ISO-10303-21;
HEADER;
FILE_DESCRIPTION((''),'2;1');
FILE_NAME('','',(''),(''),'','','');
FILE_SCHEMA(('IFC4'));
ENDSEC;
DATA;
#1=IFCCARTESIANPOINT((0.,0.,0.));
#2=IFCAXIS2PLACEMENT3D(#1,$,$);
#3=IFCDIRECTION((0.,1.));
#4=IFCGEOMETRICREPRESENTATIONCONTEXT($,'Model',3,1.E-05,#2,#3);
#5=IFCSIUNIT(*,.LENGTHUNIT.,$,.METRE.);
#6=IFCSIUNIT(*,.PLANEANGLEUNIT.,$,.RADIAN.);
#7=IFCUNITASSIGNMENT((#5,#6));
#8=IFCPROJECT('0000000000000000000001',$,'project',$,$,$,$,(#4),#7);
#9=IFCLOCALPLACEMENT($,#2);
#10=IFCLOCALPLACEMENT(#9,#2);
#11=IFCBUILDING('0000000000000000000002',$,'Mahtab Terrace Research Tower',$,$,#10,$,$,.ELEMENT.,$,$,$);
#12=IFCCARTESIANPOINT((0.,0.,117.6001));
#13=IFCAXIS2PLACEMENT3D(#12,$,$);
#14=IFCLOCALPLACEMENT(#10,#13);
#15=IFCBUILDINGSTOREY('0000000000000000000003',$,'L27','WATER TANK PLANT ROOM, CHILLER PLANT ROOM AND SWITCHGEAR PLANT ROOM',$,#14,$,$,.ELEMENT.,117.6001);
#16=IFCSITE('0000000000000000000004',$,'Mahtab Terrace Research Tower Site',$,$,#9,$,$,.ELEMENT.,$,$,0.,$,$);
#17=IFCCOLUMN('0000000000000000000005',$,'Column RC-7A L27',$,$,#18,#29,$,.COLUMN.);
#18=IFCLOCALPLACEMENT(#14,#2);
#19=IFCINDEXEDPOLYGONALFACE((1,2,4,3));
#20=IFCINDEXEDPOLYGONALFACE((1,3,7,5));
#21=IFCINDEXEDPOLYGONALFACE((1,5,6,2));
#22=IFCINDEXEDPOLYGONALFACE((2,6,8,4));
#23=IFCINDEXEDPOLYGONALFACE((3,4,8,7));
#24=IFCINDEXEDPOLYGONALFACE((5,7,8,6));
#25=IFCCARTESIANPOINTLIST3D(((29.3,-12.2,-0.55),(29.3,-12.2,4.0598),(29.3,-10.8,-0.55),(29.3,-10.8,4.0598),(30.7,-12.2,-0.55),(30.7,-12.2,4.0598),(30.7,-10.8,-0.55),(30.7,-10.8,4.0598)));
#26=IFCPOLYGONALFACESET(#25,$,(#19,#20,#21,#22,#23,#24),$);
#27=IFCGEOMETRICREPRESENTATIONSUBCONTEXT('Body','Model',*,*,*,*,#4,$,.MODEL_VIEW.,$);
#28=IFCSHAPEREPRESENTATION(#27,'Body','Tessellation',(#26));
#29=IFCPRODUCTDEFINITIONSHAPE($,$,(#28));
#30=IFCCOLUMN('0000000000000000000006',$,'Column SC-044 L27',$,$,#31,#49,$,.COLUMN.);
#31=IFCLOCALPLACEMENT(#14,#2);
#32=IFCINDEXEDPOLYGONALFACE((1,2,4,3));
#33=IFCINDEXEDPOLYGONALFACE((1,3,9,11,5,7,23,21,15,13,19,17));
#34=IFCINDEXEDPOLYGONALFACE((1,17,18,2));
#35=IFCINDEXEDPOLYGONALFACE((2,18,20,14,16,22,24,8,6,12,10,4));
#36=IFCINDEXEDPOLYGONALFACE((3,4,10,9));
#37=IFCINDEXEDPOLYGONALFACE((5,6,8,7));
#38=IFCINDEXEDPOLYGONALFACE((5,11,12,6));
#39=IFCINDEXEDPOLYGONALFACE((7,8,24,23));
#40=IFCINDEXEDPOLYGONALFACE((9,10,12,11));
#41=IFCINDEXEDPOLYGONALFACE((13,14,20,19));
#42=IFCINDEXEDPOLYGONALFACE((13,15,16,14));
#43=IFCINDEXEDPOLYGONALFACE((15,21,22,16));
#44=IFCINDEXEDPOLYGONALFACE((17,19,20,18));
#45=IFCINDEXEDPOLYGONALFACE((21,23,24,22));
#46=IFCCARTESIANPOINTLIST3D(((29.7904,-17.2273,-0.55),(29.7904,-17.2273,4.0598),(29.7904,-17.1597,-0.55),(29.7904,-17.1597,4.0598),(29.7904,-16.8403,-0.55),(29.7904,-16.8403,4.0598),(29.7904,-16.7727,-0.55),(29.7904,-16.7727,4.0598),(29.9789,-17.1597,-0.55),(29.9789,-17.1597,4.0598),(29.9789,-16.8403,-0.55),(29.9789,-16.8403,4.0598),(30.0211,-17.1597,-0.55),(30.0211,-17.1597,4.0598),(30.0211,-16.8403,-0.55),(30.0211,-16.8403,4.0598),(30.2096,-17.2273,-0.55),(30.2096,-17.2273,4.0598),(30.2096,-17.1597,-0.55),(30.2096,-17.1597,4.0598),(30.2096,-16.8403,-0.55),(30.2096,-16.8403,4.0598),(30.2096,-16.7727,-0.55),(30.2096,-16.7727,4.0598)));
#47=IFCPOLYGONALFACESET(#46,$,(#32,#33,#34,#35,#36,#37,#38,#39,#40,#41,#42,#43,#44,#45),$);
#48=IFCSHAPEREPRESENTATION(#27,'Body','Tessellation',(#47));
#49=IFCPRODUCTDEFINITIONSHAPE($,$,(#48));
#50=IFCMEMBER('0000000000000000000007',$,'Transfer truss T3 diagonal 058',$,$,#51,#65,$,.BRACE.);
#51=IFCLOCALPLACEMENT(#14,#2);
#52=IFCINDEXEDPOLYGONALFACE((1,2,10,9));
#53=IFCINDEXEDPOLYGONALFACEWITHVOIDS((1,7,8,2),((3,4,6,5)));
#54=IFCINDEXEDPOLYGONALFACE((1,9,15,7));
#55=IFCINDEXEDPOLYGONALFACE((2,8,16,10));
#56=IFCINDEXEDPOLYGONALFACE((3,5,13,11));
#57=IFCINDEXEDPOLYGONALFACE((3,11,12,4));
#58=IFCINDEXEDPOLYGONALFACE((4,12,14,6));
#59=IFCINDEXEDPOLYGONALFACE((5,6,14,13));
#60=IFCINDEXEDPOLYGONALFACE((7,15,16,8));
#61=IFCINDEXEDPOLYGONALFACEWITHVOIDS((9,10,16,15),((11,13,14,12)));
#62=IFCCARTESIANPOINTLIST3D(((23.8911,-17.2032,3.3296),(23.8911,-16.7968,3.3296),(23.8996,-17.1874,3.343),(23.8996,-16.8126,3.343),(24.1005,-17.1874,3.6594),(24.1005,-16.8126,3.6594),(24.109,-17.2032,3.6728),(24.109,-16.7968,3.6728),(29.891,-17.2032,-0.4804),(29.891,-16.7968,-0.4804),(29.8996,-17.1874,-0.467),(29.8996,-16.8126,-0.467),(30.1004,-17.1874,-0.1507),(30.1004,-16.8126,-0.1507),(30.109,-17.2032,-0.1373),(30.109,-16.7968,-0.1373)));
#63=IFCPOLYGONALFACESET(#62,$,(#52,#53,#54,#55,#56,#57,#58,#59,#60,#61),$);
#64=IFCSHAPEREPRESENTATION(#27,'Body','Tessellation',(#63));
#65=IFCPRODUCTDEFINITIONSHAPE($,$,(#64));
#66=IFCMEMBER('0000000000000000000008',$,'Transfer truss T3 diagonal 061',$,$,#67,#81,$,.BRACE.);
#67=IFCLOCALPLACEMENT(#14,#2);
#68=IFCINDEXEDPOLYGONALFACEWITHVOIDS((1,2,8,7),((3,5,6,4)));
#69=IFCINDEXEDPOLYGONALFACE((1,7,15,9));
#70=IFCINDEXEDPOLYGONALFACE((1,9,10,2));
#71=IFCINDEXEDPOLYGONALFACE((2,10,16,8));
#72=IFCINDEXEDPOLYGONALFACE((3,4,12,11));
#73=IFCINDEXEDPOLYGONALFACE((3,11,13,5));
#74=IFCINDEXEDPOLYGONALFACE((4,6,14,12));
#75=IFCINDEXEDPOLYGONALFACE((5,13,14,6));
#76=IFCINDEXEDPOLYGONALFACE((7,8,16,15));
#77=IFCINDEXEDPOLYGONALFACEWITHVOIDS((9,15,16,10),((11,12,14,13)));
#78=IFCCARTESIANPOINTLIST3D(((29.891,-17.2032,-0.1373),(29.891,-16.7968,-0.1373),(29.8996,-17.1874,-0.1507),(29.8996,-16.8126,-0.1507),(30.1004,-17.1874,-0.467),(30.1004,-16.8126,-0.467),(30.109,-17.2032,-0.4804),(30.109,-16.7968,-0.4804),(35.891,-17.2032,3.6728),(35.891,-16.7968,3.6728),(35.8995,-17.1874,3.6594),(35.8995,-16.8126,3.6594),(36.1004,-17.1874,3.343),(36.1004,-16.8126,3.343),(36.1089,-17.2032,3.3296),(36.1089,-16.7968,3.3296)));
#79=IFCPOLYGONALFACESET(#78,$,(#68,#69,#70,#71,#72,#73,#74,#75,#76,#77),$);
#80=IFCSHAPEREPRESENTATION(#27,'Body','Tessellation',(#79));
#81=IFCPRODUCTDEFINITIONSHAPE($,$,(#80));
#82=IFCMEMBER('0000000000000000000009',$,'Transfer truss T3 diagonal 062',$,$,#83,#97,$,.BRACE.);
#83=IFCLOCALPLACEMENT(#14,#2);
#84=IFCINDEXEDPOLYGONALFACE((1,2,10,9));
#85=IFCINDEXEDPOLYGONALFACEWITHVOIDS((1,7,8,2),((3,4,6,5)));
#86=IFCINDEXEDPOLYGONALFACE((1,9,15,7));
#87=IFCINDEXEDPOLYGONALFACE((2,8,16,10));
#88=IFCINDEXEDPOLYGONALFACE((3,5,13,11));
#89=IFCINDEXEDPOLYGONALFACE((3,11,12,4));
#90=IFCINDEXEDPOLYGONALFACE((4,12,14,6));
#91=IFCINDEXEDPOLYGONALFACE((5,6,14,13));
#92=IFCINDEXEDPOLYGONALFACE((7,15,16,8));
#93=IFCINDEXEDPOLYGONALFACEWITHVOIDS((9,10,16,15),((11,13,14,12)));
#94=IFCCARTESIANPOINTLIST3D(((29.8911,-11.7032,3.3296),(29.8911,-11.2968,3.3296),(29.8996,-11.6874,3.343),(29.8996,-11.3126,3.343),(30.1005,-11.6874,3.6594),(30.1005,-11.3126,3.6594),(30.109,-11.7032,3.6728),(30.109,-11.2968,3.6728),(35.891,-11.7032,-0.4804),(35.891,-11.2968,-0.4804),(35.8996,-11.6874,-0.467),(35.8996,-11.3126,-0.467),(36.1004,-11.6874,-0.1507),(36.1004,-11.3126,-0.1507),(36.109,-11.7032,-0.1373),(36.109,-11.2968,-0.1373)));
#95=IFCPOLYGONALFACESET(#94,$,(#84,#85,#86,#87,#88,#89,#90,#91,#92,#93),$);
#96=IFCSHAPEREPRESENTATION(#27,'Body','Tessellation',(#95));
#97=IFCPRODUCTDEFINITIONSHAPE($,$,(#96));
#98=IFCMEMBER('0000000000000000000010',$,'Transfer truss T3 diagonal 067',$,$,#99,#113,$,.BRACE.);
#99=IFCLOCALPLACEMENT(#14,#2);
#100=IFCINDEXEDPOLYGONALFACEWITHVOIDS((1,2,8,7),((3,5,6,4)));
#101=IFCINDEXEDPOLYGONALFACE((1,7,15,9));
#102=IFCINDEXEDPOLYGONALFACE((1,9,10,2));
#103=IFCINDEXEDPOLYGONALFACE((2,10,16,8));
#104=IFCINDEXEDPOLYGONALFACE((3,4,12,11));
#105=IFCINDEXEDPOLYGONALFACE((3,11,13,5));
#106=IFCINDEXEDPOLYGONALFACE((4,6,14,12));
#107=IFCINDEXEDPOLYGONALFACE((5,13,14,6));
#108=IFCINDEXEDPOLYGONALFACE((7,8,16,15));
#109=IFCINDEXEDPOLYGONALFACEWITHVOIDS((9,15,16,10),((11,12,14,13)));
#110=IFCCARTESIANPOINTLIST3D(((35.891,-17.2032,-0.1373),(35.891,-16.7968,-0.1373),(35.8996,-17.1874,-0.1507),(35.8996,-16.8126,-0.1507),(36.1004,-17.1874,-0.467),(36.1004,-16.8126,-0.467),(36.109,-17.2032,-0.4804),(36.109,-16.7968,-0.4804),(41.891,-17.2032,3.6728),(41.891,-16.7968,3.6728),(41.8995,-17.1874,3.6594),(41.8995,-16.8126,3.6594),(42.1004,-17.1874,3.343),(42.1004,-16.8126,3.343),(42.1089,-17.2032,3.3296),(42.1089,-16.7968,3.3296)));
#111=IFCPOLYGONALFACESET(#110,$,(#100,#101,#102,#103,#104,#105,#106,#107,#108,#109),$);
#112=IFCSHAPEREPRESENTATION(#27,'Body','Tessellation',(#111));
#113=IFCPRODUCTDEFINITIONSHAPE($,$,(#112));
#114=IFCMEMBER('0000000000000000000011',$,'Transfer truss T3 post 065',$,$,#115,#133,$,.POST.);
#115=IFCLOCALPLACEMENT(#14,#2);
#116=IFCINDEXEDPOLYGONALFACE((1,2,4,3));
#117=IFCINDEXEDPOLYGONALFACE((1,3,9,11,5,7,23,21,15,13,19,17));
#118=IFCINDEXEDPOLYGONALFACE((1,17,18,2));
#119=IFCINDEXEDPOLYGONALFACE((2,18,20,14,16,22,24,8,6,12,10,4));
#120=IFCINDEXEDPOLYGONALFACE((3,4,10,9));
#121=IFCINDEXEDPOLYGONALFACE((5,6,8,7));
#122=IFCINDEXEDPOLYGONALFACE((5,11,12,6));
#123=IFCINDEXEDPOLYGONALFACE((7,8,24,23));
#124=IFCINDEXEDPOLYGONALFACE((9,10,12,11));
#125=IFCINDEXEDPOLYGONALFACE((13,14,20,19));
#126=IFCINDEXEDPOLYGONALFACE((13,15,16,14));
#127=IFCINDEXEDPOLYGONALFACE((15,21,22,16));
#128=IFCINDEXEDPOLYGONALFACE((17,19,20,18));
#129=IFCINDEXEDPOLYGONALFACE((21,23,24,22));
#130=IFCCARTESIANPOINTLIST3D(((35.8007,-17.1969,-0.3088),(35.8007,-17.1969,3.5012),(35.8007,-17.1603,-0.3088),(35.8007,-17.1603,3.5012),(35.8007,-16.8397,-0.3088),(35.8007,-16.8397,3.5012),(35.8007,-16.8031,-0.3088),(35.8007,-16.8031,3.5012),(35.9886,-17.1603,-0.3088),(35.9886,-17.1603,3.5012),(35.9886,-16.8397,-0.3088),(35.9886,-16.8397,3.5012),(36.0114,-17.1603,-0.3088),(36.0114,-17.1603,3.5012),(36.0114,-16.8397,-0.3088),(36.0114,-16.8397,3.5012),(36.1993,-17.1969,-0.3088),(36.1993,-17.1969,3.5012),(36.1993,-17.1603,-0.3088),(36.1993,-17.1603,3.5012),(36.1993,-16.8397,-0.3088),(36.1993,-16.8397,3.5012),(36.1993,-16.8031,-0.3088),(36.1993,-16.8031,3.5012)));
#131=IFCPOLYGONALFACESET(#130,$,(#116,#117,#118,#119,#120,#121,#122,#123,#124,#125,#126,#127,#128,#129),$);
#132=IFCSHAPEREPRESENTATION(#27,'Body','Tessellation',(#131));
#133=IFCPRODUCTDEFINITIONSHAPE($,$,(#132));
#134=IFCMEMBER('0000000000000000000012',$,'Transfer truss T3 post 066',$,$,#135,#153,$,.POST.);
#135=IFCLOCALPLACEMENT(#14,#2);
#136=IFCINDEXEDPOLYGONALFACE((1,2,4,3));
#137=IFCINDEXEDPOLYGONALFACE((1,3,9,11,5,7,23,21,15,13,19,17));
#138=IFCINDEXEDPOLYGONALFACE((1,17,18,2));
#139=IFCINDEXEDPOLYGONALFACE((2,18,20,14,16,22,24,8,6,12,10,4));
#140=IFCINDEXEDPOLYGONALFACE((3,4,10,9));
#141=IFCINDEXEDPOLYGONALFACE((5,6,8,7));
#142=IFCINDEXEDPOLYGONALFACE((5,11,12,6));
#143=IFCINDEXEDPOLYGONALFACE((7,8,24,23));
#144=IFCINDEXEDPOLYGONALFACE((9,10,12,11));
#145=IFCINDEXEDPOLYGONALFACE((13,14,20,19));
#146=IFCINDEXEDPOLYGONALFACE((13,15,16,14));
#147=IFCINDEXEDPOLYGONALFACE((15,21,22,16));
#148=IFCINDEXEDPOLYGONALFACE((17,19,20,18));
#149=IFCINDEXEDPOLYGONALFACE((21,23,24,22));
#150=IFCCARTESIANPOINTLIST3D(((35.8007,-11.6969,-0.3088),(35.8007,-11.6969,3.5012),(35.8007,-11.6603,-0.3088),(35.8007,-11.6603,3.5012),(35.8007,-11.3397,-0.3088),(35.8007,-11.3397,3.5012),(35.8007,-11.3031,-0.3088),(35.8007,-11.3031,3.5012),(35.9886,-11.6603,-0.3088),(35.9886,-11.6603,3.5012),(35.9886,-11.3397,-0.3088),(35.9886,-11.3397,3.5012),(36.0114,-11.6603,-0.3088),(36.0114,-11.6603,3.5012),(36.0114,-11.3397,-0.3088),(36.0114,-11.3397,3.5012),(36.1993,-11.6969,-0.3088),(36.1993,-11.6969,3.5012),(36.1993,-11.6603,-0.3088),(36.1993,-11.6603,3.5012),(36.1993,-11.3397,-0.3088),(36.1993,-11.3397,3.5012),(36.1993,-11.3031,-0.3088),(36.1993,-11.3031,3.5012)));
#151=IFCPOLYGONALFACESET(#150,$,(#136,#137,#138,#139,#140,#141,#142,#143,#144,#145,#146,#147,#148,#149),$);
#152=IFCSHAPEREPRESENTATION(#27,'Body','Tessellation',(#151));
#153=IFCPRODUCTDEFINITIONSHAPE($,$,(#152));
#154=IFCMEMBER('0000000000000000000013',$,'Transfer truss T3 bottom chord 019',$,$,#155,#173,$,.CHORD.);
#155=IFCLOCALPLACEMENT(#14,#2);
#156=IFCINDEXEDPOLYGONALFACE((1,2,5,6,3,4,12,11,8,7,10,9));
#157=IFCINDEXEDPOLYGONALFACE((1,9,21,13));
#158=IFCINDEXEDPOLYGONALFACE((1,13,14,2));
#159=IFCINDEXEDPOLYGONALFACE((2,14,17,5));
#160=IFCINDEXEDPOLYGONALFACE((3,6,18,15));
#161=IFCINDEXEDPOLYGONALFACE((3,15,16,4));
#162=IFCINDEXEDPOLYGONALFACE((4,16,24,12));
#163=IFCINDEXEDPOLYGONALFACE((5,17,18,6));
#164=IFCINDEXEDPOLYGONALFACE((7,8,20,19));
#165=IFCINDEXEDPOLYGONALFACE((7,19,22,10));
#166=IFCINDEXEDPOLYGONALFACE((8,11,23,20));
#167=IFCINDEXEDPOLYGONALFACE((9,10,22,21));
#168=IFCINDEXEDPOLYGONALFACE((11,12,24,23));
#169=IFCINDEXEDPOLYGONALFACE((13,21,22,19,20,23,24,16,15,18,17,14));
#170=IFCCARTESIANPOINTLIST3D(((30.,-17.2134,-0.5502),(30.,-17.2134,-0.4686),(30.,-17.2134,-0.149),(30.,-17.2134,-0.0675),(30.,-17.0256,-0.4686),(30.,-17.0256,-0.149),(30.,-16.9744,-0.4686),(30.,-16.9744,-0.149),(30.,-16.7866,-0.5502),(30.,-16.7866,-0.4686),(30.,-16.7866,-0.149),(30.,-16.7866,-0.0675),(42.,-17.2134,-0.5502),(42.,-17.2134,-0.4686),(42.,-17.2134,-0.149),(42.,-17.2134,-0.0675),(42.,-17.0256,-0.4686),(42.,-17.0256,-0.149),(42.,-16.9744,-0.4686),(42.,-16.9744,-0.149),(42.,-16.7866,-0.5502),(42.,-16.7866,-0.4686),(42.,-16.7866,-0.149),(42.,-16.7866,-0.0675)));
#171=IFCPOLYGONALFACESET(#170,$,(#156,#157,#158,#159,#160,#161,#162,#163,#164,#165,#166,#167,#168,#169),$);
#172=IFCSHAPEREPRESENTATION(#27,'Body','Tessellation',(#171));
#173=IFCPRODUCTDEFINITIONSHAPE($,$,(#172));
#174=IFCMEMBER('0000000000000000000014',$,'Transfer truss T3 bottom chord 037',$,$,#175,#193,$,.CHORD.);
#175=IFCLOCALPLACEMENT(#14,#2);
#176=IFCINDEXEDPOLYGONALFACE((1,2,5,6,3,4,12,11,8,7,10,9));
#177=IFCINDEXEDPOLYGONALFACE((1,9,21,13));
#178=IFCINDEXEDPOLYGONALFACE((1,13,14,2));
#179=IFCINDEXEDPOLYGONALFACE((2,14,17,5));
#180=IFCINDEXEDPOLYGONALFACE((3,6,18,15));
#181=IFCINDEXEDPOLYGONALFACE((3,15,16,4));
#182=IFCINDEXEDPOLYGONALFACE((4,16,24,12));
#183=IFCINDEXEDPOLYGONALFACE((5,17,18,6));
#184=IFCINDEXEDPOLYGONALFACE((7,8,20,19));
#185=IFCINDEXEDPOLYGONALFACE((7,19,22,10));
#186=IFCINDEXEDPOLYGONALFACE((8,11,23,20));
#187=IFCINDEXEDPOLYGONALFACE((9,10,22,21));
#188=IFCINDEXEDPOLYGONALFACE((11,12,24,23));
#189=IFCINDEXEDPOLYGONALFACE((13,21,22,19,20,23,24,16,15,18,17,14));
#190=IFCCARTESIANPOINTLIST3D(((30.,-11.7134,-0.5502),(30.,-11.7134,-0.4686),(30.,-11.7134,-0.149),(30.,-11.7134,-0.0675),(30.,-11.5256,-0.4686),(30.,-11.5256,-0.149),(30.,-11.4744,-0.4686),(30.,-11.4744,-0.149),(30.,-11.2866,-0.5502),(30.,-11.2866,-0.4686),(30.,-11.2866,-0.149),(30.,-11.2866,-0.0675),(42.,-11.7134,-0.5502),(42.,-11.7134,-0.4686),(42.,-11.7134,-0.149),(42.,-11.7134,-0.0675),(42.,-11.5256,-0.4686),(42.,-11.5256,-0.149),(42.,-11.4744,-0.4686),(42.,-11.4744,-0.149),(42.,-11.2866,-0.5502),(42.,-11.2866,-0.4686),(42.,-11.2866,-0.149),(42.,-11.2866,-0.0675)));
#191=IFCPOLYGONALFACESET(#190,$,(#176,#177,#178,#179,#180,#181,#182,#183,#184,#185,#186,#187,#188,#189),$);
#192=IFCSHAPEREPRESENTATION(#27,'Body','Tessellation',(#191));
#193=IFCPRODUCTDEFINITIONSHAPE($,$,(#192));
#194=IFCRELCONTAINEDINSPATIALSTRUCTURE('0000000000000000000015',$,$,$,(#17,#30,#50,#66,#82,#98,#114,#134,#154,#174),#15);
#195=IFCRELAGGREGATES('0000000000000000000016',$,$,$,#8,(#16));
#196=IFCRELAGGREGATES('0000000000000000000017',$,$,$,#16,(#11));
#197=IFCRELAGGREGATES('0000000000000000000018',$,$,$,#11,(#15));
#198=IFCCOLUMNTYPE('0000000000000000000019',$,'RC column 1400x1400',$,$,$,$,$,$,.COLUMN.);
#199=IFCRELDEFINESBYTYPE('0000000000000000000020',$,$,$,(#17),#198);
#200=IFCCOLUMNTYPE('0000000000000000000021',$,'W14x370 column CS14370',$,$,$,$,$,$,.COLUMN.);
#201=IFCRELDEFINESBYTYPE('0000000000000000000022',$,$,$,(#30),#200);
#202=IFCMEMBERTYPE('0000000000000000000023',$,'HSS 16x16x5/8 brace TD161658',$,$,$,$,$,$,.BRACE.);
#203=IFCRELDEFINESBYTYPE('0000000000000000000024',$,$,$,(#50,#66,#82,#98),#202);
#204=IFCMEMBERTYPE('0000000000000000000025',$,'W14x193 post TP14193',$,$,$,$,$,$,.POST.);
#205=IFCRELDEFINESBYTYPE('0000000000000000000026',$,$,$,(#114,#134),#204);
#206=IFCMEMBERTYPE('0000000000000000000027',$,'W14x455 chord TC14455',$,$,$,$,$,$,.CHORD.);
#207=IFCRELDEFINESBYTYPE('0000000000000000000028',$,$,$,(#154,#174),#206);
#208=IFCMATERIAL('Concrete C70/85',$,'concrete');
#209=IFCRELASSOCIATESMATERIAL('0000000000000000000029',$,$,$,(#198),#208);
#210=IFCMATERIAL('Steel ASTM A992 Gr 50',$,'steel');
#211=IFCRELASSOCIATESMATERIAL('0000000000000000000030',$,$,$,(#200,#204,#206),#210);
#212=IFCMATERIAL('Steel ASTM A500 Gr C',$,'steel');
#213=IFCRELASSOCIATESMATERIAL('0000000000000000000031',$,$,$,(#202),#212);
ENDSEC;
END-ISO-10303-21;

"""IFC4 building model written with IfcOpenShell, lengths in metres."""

from ifc_helpers import new_model, si_unit, direction, frame, origin, origin_2d, place, context, subcontext, project, spatial, rectangle, hollow_rectangle, i_section, extrude, material, material_profile, profile_set, type_object, element, save


model = new_model("IFC4")

# Units and contexts
model_context = context("Model", 3, precision=1e-05, world=origin(), true_north=direction((0.0, 1.0)))
body_context = subcontext(model_context, "Body", "Model", "MODEL_VIEW")
ifc_project = project(units=[si_unit("LENGTHUNIT", "METRE"), si_unit("PLANEANGLEUNIT", "RADIAN")], contexts=[model_context])

# Site, building, storey
site_placement = place(None, origin())
site = spatial("IfcSite", under=ifc_project, at=site_placement, Name="Mahtab Terrace Research Tower Site", CompositionType="ELEMENT", RefElevation=0.0)
building_placement = place(site_placement, origin())
building = spatial("IfcBuilding", under=site, at=building_placement, Name="Mahtab Terrace Research Tower", CompositionType="ELEMENT")
storey_placement = place(building_placement, frame((0.0, 0.0, 117.6001)))
storey = spatial("IfcBuildingStorey", under=building, at=storey_placement, Name="L27", Description="WATER TANK PLANT ROOM, CHILLER PLANT ROOM AND SWITCHGEAR PLANT ROOM", CompositionType="ELEMENT", Elevation=117.6001)

# Columns
ifc_material_1 = material(Name="Concrete C70/85", Category="concrete")
ifc_material_profile_1 = material_profile(ifc_material_1, rectangle(XDim=1.3999, YDim=1.3999, at=origin_2d()), Name="RC column 1400x1400")
ifc_profile_set_1 = profile_set([ifc_material_profile_1], Name="Concrete C70/85")
column_type_1 = type_object("IfcColumnType", Name="RC column 1400x1400", PredefinedType="COLUMN", material=ifc_profile_set_1)
column_1_placement = place(storey_placement, frame((30.0, -11.5, -0.55), z_axis=(0.0, 0.0, 1.0), x_axis=(1.0, 0.0, 0.0)))
element("IfcColumn", 1, at=column_1_placement, inside=storey, type_object=column_type_1, Name="Column RC-7A L27", PredefinedType="COLUMN", context=body_context, shape_type="SweptSolid", body=[
    extrude(rectangle(XDim=1.3999, YDim=1.3999, at=origin_2d()), origin(), (0.0, 0.0, 1.0), 4.6099),
])
ifc_material_2 = material(Name="Steel ASTM A992 Gr 50", Category="steel")
ifc_material_profile_2 = material_profile(ifc_material_2, i_section(OverallWidth=0.4192, OverallDepth=0.4546, WebThickness=0.0422, FlangeThickness=0.0676, at=origin_2d()), Name="W14X370")
ifc_profile_set_2 = profile_set([ifc_material_profile_2], Name="Steel ASTM A992 Gr 50")
column_type_2 = type_object("IfcColumnType", Name="W14x370 column CS14370", PredefinedType="COLUMN", material=ifc_profile_set_2)
column_2_placement = place(storey_placement, frame((30.0, -17.0, -0.55), z_axis=(0.0, 0.0, 1.0), x_axis=(1.0, 0.0, 0.0)))
element("IfcColumn", 2, at=column_2_placement, inside=storey, type_object=column_type_2, Name="Column SC-044 L27", PredefinedType="COLUMN", context=body_context, shape_type="SweptSolid", body=[
    extrude(i_section(OverallWidth=0.4192, OverallDepth=0.4546, WebThickness=0.0422, FlangeThickness=0.0676, at=origin_2d()), origin(), (0.0, 0.0, 1.0), 4.6099),
])

# Members
ifc_material_3 = material(Name="Steel ASTM A500 Gr C", Category="steel")
ifc_material_profile_3 = material_profile(ifc_material_3, hollow_rectangle(XDim=0.4065, YDim=0.4065, WallThickness=0.0159, at=origin_2d()), Name="HSS16X16X5/8")
ifc_profile_set_3 = profile_set([ifc_material_profile_3], Name="Steel ASTM A500 Gr C")
member_type_1 = type_object("IfcMemberType", Name="HSS 16x16x5/8 brace TD161658", PredefinedType="BRACE", material=ifc_profile_set_3)
for number, where, z_axis, x_axis, name in (
    (3, (30.0, -17.0, -0.3088), (-0.844179, 0.0, 0.536062), (0.0, -1.0, 0.0), "Transfer truss T3 diagonal 058"),
    (4, (30.0, -17.0, -0.3088), (0.844179, 0.0, 0.536062), (0.0, 1.0, 0.0), "Transfer truss T3 diagonal 061"),
    (5, (36.0, -11.5, -0.3088), (-0.844179, 0.0, 0.536062), (0.0, -1.0, 0.0), "Transfer truss T3 diagonal 062"),
    (6, (36.0, -17.0, -0.3088), (0.844179, 0.0, 0.536062), (0.0, 1.0, 0.0), "Transfer truss T3 diagonal 067"),
):
    element("IfcMember", number, at=place(storey_placement, frame(where, z_axis=z_axis, x_axis=x_axis)), inside=storey, type_object=member_type_1, Name=name, PredefinedType="BRACE", context=body_context, shape_type="SweptSolid", body=[
        extrude(hollow_rectangle(XDim=0.4065, YDim=0.4065, WallThickness=0.0159, at=origin_2d()), origin(), (0.0, 0.0, 1.0), 7.1074),
    ])
ifc_material_profile_4 = material_profile(ifc_material_2, i_section(OverallWidth=0.3987, OverallDepth=0.3938, WebThickness=0.0227, FlangeThickness=0.0366, at=origin_2d()), Name="W14X193")
ifc_profile_set_4 = profile_set([ifc_material_profile_4], Name="Steel ASTM A992 Gr 50")
member_type_2 = type_object("IfcMemberType", Name="W14x193 post TP14193", PredefinedType="POST", material=ifc_profile_set_4)
for number, where, z_axis, x_axis, name in (
    (7, (36.0, -17.0, -0.3088), (0.0, 0.0, 1.0), (1.0, 0.0, 0.0), "Transfer truss T3 post 065"),
    (8, (36.0, -11.5, -0.3088), (0.0, 0.0, 1.0), (1.0, 0.0, 0.0), "Transfer truss T3 post 066"),
):
    element("IfcMember", number, at=place(storey_placement, frame(where, z_axis=z_axis, x_axis=x_axis)), inside=storey, type_object=member_type_2, Name=name, PredefinedType="POST", context=body_context, shape_type="SweptSolid", body=[
        extrude(i_section(OverallWidth=0.3987, OverallDepth=0.3938, WebThickness=0.0227, FlangeThickness=0.0366, at=origin_2d()), origin(), (0.0, 0.0, 1.0), 3.8101),
    ])
ifc_material_profile_5 = material_profile(ifc_material_2, i_section(OverallWidth=0.4268, OverallDepth=0.4827, WebThickness=0.0513, FlangeThickness=0.0815, at=origin_2d()), Name="W14X455")
ifc_profile_set_5 = profile_set([ifc_material_profile_5], Name="Steel ASTM A992 Gr 50")
member_type_3 = type_object("IfcMemberType", Name="W14x455 chord TC14455", PredefinedType="CHORD", material=ifc_profile_set_5)
for number, where, z_axis, x_axis, name in (
    (9, (30.0, -17.0, -0.3088), (1.0, 0.0, 0.0), (0.0, 1.0, 0.0), "Transfer truss T3 bottom chord 019"),
    (10, (30.0, -11.5, -0.3088), (1.0, 0.0, 0.0), (0.0, 1.0, 0.0), "Transfer truss T3 bottom chord 037"),
):
    element("IfcMember", number, at=place(storey_placement, frame(where, z_axis=z_axis, x_axis=x_axis)), inside=storey, type_object=member_type_3, Name=name, PredefinedType="CHORD", context=body_context, shape_type="SweptSolid", body=[
        extrude(i_section(OverallWidth=0.4268, OverallDepth=0.4827, WebThickness=0.0513, FlangeThickness=0.0815, at=origin_2d()), origin(), (0.0, 0.0, 1.0), 12.0),
    ])

save(model, "model.ifc")
